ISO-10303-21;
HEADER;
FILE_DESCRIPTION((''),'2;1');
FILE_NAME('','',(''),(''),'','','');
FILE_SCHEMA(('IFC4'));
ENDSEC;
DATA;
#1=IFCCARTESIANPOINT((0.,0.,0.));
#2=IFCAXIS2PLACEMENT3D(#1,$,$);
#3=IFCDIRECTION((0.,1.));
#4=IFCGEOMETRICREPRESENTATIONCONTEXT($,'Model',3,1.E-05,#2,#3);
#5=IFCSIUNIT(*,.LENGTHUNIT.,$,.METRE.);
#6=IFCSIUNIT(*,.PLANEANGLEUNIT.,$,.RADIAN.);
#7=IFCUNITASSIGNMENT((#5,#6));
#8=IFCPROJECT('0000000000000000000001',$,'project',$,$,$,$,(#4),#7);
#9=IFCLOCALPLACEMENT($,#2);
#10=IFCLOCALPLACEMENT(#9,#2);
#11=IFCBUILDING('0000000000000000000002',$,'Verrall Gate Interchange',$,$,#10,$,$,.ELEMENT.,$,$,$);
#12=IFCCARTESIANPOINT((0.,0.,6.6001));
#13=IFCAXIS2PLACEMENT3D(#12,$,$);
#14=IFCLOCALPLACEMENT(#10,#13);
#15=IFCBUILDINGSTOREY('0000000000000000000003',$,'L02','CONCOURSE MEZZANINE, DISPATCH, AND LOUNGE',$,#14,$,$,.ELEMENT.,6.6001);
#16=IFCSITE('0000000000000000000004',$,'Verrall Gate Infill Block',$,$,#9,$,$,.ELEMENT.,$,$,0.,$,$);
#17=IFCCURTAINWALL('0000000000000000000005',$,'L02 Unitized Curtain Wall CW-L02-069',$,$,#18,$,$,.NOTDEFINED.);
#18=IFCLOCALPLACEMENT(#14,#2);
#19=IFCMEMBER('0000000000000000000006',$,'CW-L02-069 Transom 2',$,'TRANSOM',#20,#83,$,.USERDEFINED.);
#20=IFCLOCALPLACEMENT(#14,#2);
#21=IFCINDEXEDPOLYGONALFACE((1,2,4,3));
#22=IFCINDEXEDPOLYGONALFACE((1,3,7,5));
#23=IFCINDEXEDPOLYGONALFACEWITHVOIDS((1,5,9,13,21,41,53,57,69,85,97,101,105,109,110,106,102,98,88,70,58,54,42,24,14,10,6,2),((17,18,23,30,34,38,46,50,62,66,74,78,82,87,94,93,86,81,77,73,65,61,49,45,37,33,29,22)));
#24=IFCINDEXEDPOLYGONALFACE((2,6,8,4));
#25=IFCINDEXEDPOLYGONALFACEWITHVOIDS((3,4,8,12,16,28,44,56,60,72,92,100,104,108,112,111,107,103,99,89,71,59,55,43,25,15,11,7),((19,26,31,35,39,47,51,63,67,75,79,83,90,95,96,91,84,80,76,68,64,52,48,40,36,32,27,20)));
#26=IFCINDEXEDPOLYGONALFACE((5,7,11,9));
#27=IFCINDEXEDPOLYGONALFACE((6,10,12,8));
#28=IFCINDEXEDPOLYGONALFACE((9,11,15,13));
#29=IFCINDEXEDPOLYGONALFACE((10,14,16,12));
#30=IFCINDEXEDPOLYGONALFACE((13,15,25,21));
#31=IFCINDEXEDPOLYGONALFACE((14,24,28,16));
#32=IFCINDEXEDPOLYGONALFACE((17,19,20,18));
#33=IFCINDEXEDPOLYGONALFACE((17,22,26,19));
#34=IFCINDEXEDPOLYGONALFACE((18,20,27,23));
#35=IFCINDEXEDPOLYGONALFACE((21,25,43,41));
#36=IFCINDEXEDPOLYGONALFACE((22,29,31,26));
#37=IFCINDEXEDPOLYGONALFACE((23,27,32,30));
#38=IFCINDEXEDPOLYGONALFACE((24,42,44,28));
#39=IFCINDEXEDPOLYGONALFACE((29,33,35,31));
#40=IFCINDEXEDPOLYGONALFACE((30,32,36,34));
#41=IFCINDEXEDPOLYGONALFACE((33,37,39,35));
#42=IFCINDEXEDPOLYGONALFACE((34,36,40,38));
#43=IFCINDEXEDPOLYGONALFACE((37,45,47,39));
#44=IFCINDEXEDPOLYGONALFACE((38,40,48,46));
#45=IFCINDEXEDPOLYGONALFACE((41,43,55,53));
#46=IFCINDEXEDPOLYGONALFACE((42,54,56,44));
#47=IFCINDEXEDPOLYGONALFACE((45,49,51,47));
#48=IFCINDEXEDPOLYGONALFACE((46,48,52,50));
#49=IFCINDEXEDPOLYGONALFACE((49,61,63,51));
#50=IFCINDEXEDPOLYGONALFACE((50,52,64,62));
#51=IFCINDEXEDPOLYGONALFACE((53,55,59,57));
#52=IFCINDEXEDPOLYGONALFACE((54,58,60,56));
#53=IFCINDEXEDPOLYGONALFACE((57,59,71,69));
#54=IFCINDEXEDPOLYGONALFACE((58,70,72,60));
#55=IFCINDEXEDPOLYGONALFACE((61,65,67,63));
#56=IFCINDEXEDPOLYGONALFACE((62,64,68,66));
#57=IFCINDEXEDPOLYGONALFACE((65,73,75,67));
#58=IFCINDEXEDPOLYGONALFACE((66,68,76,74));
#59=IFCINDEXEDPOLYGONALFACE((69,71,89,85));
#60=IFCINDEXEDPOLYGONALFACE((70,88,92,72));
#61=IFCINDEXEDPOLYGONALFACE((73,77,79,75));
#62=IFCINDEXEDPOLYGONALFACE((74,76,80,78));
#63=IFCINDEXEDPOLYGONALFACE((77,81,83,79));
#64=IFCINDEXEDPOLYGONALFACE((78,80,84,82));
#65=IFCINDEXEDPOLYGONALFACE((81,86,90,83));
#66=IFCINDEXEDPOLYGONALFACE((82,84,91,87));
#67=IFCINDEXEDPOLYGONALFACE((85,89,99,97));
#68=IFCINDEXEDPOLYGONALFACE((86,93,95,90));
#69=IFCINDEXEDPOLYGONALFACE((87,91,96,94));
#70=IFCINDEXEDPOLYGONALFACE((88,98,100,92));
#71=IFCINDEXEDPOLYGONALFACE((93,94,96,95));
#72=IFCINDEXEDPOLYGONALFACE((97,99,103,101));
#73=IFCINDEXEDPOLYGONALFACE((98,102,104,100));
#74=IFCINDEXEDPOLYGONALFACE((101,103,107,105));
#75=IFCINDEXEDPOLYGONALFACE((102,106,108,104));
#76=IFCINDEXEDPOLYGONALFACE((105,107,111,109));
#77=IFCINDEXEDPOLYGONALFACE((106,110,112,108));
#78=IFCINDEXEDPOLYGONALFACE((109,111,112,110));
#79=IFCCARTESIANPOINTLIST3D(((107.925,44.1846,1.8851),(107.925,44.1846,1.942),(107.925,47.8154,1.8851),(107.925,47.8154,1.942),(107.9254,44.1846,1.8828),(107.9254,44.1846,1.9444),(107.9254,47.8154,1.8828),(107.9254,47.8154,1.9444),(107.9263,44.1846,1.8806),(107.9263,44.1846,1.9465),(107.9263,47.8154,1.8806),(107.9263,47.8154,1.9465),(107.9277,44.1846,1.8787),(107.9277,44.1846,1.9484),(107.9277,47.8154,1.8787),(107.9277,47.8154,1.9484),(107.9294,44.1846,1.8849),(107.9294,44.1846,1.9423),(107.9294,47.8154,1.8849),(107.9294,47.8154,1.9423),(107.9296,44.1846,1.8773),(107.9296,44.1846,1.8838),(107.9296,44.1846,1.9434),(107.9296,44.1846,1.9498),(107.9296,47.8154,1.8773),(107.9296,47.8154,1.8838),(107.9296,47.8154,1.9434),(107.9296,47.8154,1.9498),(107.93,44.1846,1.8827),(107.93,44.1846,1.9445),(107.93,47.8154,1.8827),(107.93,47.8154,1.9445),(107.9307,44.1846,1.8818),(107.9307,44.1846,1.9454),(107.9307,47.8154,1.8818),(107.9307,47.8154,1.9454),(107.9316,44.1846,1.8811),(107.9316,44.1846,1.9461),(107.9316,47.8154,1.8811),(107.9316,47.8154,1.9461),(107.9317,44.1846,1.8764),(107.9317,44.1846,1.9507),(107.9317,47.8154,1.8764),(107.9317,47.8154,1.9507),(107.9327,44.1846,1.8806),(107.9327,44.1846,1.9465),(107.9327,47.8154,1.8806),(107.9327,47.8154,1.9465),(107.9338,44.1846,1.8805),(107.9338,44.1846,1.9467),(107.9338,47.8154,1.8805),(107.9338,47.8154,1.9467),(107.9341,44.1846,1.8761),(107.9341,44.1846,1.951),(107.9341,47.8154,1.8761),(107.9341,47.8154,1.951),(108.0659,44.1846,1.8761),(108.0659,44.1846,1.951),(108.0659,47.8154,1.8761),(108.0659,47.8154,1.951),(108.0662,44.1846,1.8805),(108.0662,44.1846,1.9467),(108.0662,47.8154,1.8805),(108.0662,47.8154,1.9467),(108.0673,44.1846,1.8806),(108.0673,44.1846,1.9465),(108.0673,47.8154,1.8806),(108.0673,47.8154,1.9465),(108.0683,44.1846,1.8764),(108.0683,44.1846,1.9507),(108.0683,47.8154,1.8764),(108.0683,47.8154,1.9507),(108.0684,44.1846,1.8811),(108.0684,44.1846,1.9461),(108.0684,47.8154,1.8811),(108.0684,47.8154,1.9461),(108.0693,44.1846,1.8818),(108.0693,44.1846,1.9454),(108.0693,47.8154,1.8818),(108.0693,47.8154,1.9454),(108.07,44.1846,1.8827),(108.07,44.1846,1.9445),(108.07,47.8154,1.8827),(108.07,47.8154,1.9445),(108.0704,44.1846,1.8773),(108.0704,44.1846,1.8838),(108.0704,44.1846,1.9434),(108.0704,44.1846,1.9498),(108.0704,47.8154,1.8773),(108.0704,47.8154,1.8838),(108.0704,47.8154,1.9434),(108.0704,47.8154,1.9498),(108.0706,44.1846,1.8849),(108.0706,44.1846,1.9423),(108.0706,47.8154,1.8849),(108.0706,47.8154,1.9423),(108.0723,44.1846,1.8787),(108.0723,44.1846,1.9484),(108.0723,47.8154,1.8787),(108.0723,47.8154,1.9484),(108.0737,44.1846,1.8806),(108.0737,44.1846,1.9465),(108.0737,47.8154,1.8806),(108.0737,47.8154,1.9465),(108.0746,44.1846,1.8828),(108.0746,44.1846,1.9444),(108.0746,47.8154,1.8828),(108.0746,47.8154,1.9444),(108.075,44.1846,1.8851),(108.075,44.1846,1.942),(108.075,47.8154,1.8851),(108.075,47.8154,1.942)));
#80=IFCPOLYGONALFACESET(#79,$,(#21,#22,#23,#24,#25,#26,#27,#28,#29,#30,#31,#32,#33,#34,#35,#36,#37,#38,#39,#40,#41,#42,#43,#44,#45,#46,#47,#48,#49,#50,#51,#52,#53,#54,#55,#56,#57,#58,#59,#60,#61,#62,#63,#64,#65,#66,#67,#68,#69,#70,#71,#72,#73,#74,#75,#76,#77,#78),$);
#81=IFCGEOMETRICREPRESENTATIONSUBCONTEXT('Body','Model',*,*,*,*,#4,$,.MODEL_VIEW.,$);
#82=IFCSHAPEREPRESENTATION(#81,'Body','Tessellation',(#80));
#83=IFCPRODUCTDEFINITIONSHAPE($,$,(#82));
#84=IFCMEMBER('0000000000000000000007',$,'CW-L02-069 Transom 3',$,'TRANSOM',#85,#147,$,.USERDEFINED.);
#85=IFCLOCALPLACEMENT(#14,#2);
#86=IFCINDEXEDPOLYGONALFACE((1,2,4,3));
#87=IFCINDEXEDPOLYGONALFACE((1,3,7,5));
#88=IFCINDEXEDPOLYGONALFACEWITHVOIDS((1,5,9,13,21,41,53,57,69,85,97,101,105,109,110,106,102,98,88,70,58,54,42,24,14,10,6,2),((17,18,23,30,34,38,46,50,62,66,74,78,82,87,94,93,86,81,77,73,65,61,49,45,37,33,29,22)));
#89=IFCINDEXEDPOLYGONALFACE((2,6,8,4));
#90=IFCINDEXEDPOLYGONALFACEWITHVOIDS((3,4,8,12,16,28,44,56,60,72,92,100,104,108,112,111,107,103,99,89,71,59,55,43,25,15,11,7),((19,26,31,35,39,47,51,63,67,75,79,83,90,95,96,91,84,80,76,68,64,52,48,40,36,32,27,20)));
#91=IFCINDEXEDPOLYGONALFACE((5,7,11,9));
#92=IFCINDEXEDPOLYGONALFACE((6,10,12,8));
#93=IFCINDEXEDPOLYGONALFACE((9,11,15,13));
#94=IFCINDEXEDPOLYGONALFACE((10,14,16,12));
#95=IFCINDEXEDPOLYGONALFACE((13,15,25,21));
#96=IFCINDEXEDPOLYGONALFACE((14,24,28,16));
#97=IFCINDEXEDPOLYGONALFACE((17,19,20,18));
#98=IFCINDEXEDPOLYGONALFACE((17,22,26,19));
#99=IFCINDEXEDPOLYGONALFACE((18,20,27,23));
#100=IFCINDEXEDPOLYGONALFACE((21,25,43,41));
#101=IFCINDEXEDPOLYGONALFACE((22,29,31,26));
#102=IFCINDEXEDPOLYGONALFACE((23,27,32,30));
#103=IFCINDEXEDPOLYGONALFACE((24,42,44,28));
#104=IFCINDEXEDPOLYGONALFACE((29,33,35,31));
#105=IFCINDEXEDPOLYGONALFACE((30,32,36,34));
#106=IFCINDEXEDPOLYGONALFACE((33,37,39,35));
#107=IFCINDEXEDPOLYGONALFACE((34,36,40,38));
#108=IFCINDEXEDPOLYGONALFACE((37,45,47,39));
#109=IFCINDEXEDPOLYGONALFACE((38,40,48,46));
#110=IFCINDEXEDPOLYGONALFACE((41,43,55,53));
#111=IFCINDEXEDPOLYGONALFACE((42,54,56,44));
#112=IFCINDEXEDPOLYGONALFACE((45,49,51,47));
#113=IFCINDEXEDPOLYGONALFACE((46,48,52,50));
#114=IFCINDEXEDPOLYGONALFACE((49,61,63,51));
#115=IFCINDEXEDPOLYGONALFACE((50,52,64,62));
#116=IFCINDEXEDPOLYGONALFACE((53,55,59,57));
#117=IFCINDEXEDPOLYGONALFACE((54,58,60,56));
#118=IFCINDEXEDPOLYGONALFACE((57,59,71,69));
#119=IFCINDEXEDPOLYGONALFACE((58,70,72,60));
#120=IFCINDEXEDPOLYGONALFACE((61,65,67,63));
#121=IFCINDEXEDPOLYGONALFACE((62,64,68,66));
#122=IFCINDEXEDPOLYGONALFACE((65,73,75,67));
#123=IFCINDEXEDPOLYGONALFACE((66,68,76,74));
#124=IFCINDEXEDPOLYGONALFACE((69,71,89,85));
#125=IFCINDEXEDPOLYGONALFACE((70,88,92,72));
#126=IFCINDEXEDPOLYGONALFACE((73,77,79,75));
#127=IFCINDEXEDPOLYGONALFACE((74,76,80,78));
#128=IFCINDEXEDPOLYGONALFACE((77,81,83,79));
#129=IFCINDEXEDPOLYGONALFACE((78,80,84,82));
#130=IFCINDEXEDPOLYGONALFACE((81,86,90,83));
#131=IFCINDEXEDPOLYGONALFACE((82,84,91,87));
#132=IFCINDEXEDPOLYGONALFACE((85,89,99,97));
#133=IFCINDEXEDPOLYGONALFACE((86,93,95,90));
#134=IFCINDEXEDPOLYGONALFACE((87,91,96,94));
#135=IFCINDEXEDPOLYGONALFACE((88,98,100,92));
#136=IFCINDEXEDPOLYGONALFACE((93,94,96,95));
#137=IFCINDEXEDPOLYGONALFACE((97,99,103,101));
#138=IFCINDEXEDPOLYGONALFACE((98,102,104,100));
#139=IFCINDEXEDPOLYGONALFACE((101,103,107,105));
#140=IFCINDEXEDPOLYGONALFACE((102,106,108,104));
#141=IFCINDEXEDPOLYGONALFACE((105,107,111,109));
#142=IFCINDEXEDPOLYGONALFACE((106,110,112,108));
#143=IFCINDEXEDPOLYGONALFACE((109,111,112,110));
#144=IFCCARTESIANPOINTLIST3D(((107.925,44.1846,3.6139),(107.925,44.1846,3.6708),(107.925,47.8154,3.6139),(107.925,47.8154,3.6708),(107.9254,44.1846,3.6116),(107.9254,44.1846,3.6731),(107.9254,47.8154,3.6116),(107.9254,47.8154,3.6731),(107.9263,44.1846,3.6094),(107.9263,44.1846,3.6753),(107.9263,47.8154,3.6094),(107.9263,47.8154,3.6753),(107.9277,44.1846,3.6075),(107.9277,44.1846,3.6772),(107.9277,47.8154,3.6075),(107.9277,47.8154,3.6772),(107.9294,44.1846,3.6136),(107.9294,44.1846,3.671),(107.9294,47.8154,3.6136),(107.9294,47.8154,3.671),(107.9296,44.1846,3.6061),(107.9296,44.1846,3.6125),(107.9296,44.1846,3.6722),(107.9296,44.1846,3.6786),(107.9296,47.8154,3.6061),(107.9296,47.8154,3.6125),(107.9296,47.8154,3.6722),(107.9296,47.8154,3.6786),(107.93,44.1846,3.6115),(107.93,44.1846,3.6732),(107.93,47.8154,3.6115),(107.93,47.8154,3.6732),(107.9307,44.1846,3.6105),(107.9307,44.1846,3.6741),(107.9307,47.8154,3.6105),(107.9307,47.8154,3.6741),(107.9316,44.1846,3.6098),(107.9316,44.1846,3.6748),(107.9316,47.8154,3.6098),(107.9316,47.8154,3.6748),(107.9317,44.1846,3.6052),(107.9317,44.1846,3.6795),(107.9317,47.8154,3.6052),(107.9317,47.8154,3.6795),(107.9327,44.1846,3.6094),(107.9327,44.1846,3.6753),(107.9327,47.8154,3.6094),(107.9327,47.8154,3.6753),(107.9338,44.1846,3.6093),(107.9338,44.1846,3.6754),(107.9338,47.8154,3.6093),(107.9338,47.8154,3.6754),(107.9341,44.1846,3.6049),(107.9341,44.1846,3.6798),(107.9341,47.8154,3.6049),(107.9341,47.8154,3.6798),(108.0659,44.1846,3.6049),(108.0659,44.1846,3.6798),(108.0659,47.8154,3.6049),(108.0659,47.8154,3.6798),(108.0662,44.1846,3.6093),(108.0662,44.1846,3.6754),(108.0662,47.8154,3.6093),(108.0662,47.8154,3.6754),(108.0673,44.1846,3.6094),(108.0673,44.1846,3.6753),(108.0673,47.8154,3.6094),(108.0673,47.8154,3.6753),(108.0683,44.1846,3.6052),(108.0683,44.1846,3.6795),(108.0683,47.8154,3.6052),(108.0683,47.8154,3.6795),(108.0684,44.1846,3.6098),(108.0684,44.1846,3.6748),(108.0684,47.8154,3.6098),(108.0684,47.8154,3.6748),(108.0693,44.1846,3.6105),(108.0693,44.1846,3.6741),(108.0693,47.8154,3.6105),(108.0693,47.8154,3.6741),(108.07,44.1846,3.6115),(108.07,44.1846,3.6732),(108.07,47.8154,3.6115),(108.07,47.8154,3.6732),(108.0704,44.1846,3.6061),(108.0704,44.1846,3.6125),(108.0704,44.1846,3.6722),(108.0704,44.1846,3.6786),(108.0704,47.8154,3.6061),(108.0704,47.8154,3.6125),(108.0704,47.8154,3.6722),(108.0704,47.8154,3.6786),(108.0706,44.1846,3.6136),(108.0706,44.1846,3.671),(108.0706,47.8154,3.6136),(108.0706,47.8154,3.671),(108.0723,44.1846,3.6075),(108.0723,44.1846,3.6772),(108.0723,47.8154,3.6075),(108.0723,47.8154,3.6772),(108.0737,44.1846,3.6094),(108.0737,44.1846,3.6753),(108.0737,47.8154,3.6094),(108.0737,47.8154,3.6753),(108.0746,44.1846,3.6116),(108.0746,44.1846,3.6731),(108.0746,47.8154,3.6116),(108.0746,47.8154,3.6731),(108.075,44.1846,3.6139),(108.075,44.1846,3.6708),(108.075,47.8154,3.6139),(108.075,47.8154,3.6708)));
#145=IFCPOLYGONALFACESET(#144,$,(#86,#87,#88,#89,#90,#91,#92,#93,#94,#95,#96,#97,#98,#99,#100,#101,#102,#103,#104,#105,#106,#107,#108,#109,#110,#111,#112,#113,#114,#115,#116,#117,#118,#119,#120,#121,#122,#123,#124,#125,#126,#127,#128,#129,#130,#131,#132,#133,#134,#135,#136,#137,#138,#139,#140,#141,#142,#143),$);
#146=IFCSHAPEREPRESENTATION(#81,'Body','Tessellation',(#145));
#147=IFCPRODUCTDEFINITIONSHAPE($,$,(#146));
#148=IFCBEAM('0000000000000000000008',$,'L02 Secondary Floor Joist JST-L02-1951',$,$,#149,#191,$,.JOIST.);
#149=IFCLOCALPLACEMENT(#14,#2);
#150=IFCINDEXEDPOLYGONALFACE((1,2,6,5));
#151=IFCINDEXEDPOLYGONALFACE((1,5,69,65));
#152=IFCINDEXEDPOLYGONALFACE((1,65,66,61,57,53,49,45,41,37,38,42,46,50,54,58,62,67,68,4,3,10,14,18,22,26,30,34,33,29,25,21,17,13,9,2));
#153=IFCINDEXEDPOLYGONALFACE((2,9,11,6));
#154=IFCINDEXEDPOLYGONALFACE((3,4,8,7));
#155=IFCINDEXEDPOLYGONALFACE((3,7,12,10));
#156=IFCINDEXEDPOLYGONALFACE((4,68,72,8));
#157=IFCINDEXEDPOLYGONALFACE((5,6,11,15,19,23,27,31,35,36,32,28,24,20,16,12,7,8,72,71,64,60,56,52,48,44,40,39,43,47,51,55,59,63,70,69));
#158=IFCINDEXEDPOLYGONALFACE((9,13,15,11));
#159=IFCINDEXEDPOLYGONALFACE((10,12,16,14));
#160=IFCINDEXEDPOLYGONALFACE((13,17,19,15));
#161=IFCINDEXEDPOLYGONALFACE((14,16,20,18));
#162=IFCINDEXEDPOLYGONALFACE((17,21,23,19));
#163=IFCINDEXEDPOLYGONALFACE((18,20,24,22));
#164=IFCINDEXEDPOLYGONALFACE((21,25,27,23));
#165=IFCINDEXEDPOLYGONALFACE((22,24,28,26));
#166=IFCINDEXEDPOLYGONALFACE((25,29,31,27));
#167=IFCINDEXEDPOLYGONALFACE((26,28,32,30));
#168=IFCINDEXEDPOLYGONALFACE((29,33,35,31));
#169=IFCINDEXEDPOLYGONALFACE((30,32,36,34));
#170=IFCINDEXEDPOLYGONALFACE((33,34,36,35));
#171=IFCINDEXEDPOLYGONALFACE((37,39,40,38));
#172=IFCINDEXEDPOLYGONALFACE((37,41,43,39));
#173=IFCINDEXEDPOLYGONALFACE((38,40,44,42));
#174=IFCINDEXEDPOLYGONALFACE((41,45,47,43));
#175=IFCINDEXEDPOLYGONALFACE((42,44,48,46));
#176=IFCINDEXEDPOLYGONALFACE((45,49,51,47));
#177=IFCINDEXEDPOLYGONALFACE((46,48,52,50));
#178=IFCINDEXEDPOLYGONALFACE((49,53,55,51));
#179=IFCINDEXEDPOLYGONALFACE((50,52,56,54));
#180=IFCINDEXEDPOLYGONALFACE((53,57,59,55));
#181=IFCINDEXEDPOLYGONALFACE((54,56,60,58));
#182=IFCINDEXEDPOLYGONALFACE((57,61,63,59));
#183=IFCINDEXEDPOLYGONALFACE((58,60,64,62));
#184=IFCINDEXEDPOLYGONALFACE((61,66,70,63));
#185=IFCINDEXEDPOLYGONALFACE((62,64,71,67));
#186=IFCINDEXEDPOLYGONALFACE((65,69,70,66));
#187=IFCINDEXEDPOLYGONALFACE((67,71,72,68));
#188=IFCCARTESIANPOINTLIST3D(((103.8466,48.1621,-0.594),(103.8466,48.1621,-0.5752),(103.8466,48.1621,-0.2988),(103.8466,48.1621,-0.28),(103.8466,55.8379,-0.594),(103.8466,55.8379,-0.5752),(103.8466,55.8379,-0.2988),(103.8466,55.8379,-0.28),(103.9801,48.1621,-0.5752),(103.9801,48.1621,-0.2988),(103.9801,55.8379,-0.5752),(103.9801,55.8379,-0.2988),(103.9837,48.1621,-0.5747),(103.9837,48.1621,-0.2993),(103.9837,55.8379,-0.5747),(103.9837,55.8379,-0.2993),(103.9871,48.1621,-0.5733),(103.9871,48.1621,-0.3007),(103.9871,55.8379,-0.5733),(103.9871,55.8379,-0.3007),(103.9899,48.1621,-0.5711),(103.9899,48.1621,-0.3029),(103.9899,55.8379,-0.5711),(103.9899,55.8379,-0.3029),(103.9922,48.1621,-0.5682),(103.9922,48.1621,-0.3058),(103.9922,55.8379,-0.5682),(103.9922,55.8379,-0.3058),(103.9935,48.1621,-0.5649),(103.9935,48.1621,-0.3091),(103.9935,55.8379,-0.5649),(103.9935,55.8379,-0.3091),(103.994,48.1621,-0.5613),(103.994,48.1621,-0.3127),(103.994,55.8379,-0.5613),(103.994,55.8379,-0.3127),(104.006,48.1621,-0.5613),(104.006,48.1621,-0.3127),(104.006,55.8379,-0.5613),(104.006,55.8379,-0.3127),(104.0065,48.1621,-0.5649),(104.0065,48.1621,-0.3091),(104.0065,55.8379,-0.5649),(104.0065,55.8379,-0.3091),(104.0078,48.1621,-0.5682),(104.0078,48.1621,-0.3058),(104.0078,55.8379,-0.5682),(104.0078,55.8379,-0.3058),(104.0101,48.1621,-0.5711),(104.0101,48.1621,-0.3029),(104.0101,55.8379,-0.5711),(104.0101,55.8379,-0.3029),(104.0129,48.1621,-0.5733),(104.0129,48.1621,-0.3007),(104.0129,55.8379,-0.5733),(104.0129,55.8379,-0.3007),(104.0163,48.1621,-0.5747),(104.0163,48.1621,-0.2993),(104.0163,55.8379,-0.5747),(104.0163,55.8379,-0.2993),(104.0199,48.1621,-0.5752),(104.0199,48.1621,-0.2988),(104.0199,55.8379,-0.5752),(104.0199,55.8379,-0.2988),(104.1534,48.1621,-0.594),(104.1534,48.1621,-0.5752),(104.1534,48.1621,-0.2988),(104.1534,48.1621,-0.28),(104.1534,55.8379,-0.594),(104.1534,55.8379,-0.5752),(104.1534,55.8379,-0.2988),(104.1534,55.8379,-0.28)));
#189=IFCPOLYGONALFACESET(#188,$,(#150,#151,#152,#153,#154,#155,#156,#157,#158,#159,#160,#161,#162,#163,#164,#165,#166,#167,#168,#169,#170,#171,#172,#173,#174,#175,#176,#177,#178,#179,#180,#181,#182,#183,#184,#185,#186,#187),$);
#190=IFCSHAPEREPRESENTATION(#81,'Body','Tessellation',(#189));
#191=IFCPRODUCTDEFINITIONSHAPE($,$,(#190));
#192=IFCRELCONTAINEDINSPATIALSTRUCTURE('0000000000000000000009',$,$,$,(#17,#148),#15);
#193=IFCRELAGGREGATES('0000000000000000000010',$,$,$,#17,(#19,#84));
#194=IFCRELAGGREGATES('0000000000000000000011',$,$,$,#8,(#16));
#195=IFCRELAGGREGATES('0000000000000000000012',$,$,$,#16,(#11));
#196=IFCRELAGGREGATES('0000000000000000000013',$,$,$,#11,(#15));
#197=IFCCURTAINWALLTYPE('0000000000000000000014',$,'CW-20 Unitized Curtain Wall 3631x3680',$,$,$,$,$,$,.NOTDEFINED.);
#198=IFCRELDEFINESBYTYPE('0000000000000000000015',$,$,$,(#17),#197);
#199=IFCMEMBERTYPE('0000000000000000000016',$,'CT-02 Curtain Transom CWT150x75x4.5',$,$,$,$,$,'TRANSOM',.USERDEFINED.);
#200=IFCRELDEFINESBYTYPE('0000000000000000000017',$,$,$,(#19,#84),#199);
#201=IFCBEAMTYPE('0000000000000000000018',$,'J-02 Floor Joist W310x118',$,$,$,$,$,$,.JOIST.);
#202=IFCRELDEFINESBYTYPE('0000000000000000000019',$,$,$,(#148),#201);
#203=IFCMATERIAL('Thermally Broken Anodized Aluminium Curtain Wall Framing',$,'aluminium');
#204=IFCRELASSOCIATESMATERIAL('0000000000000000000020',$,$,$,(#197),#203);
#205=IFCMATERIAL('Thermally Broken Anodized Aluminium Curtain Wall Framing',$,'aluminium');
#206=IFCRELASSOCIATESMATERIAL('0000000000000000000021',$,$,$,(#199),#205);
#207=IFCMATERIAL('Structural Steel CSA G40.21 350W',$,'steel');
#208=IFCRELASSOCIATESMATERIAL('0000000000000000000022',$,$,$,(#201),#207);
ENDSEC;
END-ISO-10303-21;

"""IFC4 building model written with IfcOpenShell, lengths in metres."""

from ifc_helpers import new_model, si_unit, direction, frame, origin, origin_2d, place, context, subcontext, project, spatial, hollow_rectangle, i_section, extrude, material, material_profile, profile_set, type_object, element, aggregate, save


model = new_model("IFC4")

# Units and contexts
model_context = context("Model", 3, precision=1e-05, world=origin(), true_north=direction((0.0, 1.0)))
body_context = subcontext(model_context, "Body", "Model", "MODEL_VIEW")
ifc_project = project(units=[si_unit("LENGTHUNIT", "METRE"), si_unit("PLANEANGLEUNIT", "RADIAN")], contexts=[model_context])

# Site, building, storey
site_placement = place(None, origin())
site = spatial("IfcSite", under=ifc_project, at=site_placement, Name="Verrall Gate Infill Block", CompositionType="ELEMENT", RefElevation=0.0)
building_placement = place(site_placement, origin())
building = spatial("IfcBuilding", under=site, at=building_placement, Name="Verrall Gate Interchange", CompositionType="ELEMENT")
storey_placement = place(building_placement, frame((0.0, 0.0, 6.6001)))
storey = spatial("IfcBuildingStorey", under=building, at=storey_placement, Name="L02", Description="CONCOURSE MEZZANINE, DISPATCH, AND LOUNGE", CompositionType="ELEMENT", Elevation=6.6001)

# Curtain wall
ifc_material_1 = material(Name="Thermally Broken Anodized Aluminium Curtain Wall Framing", Category="aluminium")
curtain_wall_type_1 = type_object("IfcCurtainWallType", Name="CW-20 Unitized Curtain Wall 3631x3680", PredefinedType="NOTDEFINED", material=ifc_material_1)
curtain_wall_1_placement = place(storey_placement, origin())
curtain_wall_1 = element("IfcCurtainWall", 1, at=curtain_wall_1_placement, inside=storey, type_object=curtain_wall_type_1, Name="L02 Unitized Curtain Wall CW-L02-069", PredefinedType="NOTDEFINED")

# Members
ifc_material_2 = material(Name="Thermally Broken Anodized Aluminium Curtain Wall Framing", Category="aluminium")
ifc_material_profile_1 = material_profile(ifc_material_2, hollow_rectangle(XDim=0.1499, YDim=0.075, WallThickness=0.0044, InnerFilletRadius=0.0044, OuterFilletRadius=0.009, at=origin_2d()), Name="CWT150x75x4.5")
ifc_profile_set_1 = profile_set([ifc_material_profile_1], Name="Thermally Broken Anodized Aluminium Curtain Wall Framing")
member_type_1 = type_object("IfcMemberType", Name="CT-02 Curtain Transom CWT150x75x4.5", ElementType="TRANSOM", PredefinedType="USERDEFINED", material=ifc_profile_set_1)
member_1_placement = place(storey_placement, frame((108.0, 44.1846, 1.9136), z_axis=(0.0, 1.0, 0.0), x_axis=(-1.0, 0.0, 0.0)))
member_1 = element("IfcMember", 2, at=member_1_placement, type_object=member_type_1, Name="CW-L02-069 Transom 2", ObjectType="TRANSOM", PredefinedType="USERDEFINED", context=body_context, shape_type="SweptSolid", body=[
    extrude(hollow_rectangle(XDim=0.1499, YDim=0.075, WallThickness=0.0044, InnerFilletRadius=0.0044, OuterFilletRadius=0.009, at=origin_2d()), origin(), (0.0, 0.0, 1.0), 3.6309),
])
member_2_placement = place(storey_placement, frame((108.0, 44.1846, 3.6423), z_axis=(0.0, 1.0, 0.0), x_axis=(-1.0, 0.0, 0.0)))
member_2 = element("IfcMember", 3, at=member_2_placement, type_object=member_type_1, Name="CW-L02-069 Transom 3", ObjectType="TRANSOM", PredefinedType="USERDEFINED", context=body_context, shape_type="SweptSolid", body=[
    extrude(hollow_rectangle(XDim=0.1499, YDim=0.075, WallThickness=0.0044, InnerFilletRadius=0.0044, OuterFilletRadius=0.009, at=origin_2d()), origin(), (0.0, 0.0, 1.0), 3.6309),
])

# Beam
ifc_material_3 = material(Name="Structural Steel CSA G40.21 350W", Category="steel")
ifc_material_profile_2 = material_profile(ifc_material_3, i_section(OverallWidth=0.3069, OverallDepth=0.314, WebThickness=0.012, FlangeThickness=0.0188, FilletRadius=0.0139, at=origin_2d()), Name="W310x118")
ifc_profile_set_2 = profile_set([ifc_material_profile_2], Name="Structural Steel CSA G40.21 350W")
beam_type_1 = type_object("IfcBeamType", Name="J-02 Floor Joist W310x118", PredefinedType="JOIST", material=ifc_profile_set_2)
beam_1_placement = place(storey_placement, frame((104.0, 48.1621, -0.437), z_axis=(0.0, 1.0, 0.0), x_axis=(-1.0, 0.0, 0.0)))
element("IfcBeam", 4, at=beam_1_placement, inside=storey, type_object=beam_type_1, Name="L02 Secondary Floor Joist JST-L02-1951", PredefinedType="JOIST", context=body_context, shape_type="SweptSolid", body=[
    extrude(i_section(OverallWidth=0.3069, OverallDepth=0.314, WebThickness=0.012, FlangeThickness=0.0188, FilletRadius=0.0139, at=origin_2d()), origin(), (0.0, 0.0, 1.0), 7.6758),
])

aggregate(curtain_wall_1, [member_1, member_2])

save(model, "model.ifc")
